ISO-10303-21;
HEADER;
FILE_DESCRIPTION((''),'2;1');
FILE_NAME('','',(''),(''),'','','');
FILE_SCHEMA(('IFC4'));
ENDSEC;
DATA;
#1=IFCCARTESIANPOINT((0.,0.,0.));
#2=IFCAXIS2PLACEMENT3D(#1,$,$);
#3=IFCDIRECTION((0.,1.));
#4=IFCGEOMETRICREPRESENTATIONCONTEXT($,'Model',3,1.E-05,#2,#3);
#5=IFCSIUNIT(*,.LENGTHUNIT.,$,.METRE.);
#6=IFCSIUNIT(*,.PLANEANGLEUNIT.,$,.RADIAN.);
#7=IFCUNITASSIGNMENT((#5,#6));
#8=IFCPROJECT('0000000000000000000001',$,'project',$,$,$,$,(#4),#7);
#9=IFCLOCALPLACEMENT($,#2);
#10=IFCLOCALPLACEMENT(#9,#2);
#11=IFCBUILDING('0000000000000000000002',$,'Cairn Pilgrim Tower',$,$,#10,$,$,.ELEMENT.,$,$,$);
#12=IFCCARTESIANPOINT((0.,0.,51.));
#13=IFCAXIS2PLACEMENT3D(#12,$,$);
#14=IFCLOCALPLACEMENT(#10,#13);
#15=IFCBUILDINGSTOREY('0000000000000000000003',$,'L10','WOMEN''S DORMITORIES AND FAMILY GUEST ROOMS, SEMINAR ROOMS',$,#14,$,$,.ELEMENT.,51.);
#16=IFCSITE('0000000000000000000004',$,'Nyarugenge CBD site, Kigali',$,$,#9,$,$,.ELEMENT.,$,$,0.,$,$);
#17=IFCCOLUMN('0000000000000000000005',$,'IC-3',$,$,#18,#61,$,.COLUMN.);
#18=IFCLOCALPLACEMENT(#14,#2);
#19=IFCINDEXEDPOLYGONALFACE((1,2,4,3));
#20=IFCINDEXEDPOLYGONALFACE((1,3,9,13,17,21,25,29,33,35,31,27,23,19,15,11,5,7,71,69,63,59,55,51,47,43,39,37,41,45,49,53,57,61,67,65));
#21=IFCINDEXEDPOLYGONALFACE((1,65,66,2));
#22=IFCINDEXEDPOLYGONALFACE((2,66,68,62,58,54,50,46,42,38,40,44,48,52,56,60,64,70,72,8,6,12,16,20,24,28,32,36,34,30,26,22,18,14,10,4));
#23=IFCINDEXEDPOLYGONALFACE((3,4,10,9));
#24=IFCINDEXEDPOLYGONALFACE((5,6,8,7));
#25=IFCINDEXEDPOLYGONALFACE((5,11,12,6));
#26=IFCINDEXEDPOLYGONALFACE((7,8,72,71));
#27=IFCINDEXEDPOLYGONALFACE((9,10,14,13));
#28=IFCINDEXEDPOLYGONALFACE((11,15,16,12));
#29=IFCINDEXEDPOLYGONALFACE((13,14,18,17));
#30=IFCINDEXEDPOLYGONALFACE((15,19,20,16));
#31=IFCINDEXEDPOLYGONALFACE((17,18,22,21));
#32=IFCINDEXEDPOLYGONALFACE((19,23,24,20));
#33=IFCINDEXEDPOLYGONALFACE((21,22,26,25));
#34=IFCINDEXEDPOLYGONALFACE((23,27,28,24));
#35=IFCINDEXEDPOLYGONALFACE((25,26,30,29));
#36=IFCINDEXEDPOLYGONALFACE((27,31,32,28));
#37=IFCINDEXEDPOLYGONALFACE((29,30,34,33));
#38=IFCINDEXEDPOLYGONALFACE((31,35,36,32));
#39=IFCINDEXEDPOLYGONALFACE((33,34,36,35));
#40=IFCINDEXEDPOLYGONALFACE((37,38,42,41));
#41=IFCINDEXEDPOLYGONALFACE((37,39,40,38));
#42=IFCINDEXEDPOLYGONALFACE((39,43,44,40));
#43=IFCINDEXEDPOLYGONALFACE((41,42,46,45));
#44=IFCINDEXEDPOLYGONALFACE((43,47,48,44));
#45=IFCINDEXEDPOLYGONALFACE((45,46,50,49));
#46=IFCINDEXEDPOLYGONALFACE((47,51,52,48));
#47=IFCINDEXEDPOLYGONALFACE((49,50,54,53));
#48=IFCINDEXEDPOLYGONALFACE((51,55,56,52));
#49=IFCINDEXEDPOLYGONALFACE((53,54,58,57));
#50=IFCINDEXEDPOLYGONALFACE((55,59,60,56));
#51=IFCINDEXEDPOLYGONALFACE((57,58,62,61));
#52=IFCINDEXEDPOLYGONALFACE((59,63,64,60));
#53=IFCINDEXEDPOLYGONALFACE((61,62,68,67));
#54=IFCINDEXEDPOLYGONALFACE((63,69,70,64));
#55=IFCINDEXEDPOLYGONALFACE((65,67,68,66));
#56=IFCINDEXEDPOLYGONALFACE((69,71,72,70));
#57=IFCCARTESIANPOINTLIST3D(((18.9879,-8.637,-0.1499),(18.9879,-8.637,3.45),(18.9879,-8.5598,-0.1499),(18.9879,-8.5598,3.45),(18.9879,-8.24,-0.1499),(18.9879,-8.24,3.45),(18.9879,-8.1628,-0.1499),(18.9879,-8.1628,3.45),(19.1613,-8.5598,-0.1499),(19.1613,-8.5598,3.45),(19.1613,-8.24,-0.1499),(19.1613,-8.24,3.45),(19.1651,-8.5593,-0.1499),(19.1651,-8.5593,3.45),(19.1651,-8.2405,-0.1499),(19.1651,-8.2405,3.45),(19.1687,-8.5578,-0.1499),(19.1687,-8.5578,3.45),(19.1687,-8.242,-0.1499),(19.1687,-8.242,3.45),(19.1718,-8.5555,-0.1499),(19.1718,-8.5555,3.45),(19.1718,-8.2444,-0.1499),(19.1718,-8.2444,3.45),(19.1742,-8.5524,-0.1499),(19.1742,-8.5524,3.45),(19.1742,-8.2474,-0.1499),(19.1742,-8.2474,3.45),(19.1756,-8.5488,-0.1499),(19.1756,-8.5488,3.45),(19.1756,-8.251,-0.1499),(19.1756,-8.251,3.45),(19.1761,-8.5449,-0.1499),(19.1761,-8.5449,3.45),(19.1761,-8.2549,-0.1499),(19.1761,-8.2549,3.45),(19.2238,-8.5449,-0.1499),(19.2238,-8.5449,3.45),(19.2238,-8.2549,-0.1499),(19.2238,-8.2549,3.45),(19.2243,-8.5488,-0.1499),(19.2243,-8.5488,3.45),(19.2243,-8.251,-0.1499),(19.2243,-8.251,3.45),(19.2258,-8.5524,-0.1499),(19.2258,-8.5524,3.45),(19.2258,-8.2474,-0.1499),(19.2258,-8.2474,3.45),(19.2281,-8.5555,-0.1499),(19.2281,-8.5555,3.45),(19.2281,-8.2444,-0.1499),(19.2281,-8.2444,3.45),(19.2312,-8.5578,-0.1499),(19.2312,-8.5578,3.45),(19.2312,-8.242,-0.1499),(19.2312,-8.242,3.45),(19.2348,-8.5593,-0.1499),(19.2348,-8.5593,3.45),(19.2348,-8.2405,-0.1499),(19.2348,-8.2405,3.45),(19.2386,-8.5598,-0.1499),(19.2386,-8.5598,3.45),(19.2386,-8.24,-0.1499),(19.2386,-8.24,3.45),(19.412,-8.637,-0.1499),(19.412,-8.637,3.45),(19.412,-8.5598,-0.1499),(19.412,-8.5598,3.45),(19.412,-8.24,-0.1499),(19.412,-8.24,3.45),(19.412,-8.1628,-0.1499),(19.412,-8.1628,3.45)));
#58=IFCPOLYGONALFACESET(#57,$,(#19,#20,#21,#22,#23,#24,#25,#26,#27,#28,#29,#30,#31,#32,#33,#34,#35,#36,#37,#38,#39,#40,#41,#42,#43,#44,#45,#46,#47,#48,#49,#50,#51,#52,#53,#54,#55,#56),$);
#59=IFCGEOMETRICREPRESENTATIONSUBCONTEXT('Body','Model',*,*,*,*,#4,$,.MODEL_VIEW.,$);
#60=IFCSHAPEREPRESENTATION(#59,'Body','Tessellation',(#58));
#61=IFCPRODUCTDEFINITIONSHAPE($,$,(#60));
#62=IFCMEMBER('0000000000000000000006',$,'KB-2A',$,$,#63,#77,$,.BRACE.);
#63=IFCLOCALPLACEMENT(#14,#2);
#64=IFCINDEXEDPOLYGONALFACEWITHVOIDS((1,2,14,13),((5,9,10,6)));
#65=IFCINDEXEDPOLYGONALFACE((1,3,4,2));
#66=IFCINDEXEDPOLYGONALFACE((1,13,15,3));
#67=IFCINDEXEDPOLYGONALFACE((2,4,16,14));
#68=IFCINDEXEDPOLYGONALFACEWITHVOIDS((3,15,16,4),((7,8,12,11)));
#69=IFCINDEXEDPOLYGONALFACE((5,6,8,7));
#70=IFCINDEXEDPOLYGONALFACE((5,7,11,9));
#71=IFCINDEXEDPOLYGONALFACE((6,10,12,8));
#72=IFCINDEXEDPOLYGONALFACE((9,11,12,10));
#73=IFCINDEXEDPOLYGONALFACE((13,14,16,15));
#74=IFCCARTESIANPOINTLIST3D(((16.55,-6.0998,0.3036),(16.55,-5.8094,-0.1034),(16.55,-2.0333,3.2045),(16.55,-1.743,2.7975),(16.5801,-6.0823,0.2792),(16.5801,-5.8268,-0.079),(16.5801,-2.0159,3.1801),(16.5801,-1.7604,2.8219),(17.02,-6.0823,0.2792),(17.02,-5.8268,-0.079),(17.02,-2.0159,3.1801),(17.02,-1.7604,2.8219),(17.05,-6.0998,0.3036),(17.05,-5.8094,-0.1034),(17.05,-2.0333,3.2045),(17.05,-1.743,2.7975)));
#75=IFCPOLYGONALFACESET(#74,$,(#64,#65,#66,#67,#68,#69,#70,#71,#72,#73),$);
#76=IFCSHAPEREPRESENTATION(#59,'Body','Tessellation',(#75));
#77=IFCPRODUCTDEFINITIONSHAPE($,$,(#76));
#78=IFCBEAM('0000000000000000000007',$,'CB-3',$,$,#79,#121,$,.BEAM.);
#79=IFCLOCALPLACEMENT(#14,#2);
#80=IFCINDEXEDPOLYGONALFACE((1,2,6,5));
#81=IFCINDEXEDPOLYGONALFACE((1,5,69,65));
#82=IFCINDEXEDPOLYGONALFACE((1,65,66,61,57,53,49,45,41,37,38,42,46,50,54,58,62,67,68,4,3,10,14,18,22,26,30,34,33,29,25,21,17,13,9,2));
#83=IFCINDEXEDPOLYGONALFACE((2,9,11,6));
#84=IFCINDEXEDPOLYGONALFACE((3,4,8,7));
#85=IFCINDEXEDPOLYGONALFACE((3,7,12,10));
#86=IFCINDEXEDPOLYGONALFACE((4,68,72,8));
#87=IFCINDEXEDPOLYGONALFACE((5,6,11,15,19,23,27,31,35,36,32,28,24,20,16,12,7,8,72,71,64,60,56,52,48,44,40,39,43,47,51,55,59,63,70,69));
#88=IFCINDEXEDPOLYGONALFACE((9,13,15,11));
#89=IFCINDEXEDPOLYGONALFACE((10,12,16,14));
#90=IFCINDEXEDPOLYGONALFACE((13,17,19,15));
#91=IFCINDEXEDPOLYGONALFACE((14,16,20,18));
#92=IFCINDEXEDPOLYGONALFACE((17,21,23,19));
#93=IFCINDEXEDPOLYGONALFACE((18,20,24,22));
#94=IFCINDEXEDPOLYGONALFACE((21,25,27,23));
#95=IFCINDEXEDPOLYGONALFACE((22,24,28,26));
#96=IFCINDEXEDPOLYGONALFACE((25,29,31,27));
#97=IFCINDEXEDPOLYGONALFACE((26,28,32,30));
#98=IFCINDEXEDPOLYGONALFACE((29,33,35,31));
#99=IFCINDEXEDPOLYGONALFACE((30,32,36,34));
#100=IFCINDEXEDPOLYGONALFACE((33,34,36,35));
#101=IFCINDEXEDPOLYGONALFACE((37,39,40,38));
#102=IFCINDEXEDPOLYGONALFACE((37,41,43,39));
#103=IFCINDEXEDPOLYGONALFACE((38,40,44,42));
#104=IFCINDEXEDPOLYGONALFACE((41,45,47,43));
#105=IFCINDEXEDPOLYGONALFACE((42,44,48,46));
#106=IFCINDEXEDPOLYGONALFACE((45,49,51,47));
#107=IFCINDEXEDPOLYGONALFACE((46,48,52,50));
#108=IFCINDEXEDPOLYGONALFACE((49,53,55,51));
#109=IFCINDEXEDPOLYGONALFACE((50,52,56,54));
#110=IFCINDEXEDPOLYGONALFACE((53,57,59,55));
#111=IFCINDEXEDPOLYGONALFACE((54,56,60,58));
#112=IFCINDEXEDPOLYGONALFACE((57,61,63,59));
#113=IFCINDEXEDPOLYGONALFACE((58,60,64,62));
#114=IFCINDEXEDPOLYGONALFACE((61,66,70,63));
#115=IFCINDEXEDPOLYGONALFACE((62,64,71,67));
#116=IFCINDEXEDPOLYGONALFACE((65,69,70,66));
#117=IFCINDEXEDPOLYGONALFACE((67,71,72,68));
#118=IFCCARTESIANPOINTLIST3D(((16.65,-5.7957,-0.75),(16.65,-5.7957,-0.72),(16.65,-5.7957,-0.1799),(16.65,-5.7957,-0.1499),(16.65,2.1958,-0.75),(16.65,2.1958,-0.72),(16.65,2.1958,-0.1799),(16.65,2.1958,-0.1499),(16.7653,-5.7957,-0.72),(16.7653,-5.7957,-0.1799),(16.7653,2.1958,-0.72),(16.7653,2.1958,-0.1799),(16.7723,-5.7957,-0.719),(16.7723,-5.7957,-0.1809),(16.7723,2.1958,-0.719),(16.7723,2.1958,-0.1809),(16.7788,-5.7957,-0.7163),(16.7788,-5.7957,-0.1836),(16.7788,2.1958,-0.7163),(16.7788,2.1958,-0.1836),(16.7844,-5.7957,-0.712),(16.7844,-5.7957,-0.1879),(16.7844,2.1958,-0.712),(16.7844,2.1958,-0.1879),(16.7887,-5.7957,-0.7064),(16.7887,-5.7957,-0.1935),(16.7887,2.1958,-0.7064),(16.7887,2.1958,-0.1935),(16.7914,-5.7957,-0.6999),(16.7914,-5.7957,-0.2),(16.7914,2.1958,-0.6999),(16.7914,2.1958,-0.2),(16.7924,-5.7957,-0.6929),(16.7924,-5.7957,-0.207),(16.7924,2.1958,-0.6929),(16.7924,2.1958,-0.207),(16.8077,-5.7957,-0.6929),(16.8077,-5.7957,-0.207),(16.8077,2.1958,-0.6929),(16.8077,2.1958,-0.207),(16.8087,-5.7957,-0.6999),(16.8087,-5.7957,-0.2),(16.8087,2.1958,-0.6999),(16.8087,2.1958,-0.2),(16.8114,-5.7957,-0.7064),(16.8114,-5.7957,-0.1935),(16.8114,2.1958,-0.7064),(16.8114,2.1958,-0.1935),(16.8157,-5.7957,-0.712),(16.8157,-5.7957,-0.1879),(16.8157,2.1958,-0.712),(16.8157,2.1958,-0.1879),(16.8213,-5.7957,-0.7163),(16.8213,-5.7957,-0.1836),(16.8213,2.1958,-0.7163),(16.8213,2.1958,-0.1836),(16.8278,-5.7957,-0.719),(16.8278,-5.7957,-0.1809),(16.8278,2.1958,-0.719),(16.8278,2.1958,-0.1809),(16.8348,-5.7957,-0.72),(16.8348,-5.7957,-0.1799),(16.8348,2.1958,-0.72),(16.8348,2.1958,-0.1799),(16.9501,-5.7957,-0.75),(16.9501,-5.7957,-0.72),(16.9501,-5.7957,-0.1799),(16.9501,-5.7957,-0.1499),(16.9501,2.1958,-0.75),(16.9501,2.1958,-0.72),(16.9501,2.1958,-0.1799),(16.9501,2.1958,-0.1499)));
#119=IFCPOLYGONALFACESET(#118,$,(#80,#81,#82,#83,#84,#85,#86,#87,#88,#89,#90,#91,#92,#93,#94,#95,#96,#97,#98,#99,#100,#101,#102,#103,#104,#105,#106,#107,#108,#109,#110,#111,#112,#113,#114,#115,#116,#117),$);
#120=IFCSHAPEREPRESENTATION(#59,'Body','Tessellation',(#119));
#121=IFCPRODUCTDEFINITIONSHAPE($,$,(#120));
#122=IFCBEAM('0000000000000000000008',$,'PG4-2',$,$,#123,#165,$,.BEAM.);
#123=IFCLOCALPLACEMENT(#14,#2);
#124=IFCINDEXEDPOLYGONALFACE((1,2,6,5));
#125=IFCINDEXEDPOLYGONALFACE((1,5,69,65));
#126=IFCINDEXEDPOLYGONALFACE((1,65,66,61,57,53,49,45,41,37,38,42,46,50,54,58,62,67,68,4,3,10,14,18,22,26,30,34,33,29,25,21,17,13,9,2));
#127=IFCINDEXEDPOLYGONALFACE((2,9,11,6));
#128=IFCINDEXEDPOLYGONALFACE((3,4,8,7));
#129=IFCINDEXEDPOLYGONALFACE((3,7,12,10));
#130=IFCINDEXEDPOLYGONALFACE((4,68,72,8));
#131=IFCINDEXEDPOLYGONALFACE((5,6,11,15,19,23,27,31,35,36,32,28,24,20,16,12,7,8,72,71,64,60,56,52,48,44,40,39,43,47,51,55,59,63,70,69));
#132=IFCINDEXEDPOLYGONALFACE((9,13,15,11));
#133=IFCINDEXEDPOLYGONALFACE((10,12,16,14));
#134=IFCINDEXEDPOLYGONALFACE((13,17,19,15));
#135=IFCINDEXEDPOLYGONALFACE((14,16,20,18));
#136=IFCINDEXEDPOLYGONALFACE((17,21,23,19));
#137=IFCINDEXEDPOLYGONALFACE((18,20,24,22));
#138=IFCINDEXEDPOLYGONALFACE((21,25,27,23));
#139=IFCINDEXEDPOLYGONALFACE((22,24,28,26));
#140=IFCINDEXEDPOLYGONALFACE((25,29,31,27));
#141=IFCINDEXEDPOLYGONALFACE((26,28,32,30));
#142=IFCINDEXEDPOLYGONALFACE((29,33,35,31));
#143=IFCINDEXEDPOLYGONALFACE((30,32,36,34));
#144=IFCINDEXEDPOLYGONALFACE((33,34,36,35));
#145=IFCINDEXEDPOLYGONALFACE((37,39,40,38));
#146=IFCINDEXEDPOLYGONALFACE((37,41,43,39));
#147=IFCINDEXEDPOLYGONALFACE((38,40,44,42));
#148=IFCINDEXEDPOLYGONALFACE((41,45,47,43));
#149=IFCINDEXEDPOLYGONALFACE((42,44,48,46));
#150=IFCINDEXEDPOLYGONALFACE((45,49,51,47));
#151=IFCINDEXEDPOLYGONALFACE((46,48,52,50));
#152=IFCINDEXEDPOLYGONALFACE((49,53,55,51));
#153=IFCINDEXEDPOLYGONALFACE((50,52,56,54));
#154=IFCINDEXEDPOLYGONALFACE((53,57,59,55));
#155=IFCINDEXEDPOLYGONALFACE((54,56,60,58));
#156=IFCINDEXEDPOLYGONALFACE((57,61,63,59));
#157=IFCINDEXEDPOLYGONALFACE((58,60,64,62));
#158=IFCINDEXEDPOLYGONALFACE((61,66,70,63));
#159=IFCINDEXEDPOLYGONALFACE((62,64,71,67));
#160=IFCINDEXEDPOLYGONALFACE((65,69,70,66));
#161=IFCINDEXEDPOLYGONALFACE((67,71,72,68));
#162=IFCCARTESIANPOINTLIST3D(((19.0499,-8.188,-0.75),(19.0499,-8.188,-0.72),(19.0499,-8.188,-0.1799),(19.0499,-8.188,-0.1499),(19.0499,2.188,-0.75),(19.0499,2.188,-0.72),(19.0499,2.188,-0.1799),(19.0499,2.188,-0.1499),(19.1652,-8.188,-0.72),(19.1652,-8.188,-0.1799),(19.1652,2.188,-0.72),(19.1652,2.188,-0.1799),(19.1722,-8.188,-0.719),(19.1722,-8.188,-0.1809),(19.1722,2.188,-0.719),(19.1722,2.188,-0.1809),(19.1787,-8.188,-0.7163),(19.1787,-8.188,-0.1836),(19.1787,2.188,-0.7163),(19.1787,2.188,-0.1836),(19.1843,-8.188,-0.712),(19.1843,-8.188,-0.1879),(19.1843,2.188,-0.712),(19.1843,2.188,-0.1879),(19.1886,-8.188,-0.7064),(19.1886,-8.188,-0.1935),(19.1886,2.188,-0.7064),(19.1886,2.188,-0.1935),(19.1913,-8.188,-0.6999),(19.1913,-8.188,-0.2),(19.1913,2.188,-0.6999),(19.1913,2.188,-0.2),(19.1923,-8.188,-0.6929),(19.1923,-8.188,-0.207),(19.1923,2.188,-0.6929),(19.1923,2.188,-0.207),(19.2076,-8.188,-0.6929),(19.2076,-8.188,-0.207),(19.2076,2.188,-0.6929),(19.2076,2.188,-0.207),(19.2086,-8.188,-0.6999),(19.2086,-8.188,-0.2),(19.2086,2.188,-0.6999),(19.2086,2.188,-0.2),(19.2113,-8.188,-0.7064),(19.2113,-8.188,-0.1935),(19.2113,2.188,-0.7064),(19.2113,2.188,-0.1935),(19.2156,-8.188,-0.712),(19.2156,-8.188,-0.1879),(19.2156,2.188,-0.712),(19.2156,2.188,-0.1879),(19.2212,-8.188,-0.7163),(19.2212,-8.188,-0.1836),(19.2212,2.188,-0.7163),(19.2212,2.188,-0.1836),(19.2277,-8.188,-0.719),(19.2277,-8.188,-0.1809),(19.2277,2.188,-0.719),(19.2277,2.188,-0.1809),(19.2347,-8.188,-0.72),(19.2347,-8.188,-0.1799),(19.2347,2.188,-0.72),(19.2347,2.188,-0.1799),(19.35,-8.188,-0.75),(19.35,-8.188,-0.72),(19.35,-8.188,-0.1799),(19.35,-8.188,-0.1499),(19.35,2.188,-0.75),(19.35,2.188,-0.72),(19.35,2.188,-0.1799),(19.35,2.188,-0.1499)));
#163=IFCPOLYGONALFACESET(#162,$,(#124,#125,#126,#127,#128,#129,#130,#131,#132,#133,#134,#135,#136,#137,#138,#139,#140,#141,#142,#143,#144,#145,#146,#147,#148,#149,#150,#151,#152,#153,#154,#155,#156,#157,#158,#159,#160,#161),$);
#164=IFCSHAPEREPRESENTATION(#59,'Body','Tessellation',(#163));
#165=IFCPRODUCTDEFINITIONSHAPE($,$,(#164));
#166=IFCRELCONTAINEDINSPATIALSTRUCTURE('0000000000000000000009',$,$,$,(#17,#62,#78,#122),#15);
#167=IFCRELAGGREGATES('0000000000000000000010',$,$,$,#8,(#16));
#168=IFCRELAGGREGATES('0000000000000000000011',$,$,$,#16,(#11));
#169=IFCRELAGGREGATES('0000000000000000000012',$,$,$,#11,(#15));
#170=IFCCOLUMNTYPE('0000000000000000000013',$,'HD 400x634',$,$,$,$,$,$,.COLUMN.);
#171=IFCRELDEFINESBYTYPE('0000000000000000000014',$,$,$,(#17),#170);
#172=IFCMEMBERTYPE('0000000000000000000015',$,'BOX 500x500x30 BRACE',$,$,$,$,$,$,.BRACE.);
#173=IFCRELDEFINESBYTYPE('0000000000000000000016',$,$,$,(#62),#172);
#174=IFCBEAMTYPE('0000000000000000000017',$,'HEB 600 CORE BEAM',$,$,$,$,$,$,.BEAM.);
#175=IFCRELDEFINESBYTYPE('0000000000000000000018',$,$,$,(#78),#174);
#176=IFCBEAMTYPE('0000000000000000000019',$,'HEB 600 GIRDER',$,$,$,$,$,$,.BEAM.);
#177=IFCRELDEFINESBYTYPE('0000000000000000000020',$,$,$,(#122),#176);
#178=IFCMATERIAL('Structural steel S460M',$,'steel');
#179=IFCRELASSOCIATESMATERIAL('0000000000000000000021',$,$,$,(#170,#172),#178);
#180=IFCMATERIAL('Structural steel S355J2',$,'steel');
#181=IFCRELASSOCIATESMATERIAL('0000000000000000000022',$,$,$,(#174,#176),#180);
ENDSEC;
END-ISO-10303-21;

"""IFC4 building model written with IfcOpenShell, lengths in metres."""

from ifc_helpers import new_model, si_unit, direction, frame, origin, origin_2d, place, context, subcontext, project, spatial, hollow_rectangle, i_section, extrude, material, material_profile, profile_set, type_object, element, save


model = new_model("IFC4")

# Units and contexts
model_context = context("Model", 3, precision=1e-05, world=origin(), true_north=direction((0.0, 1.0)))
body_context = subcontext(model_context, "Body", "Model", "MODEL_VIEW")
ifc_project = project(units=[si_unit("LENGTHUNIT", "METRE"), si_unit("PLANEANGLEUNIT", "RADIAN")], contexts=[model_context])

# Site, building, storey
site_placement = place(None, origin())
site = spatial("IfcSite", under=ifc_project, at=site_placement, Name="Nyarugenge CBD site, Kigali", CompositionType="ELEMENT", RefElevation=0.0)
building_placement = place(site_placement, origin())
building = spatial("IfcBuilding", under=site, at=building_placement, Name="Cairn Pilgrim Tower", CompositionType="ELEMENT")
storey_placement = place(building_placement, frame((0.0, 0.0, 51.0)))
storey = spatial("IfcBuildingStorey", under=building, at=storey_placement, Name="L10", Description="WOMEN'S DORMITORIES AND FAMILY GUEST ROOMS, SEMINAR ROOMS", CompositionType="ELEMENT", Elevation=51.0)

# Column
ifc_material_1 = material(Name="Structural steel S460M", Category="steel")
ifc_material_profile_1 = material_profile(ifc_material_1, i_section(OverallWidth=0.4241, OverallDepth=0.4741, WebThickness=0.0476, FlangeThickness=0.0771, FilletRadius=0.0149, at=origin_2d()), Name="HD 400x634")
ifc_profile_set_1 = profile_set([ifc_material_profile_1], Name="Structural steel S460M")
column_type = type_object("IfcColumnType", Name="HD 400x634", PredefinedType="COLUMN", material=ifc_profile_set_1)
column_placement = place(storey_placement, frame((19.2, -8.3999, -0.1499), z_axis=(0.0, 0.0, 1.0), x_axis=(1.0, 0.0, 0.0)))
element("IfcColumn", 1, at=column_placement, inside=storey, type_object=column_type, Name="IC-3", PredefinedType="COLUMN", context=body_context, shape_type="SweptSolid", body=[
    extrude(i_section(OverallWidth=0.4241, OverallDepth=0.4741, WebThickness=0.0476, FlangeThickness=0.0771, FilletRadius=0.0149, at=origin_2d()), origin(), (0.0, 0.0, 1.0), 3.5999),
])

# Member
ifc_material_profile_2 = material_profile(ifc_material_1, hollow_rectangle(XDim=0.5, YDim=0.5, WallThickness=0.03, at=origin_2d()), Name="BOX 500x500x30")
ifc_profile_set_2 = profile_set([ifc_material_profile_2], Name="Structural steel S460M")
member_type = type_object("IfcMemberType", Name="BOX 500x500x30 BRACE", PredefinedType="BRACE", material=ifc_profile_set_2)
member_placement = place(storey_placement, frame((16.8, -5.9546, 0.1001), z_axis=(0.0, 0.814083, 0.580748), x_axis=(-1.0, 0.0, 0.0)))
element("IfcMember", 2, at=member_placement, inside=storey, type_object=member_type, Name="KB-2A", PredefinedType="BRACE", context=body_context, shape_type="SweptSolid", body=[
    extrude(hollow_rectangle(XDim=0.5, YDim=0.5, WallThickness=0.03, at=origin_2d()), origin(), (0.0, 0.0, 1.0), 4.9951),
])

# Beams
ifc_material_2 = material(Name="Structural steel S355J2", Category="steel")
ifc_material_profile_3 = material_profile(ifc_material_2, i_section(OverallWidth=0.3, OverallDepth=0.6001, WebThickness=0.0154, FlangeThickness=0.03, FilletRadius=0.0271, at=origin_2d()), Name="HEB 600")
ifc_profile_set_3 = profile_set([ifc_material_profile_3], Name="Structural steel S355J2")
beam_type_1 = type_object("IfcBeamType", Name="HEB 600 CORE BEAM", PredefinedType="BEAM", material=ifc_profile_set_3)
beam_1_placement = place(storey_placement, frame((16.8, -5.7957, -0.45), z_axis=(0.0, 1.0, 0.0), x_axis=(-1.0, 0.0, 0.0)))
element("IfcBeam", 3, at=beam_1_placement, inside=storey, type_object=beam_type_1, Name="CB-3", PredefinedType="BEAM", context=body_context, shape_type="SweptSolid", body=[
    extrude(i_section(OverallWidth=0.3, OverallDepth=0.6001, WebThickness=0.0154, FlangeThickness=0.03, FilletRadius=0.0271, at=origin_2d()), origin(), (0.0, 0.0, 1.0), 7.9915),
])
ifc_material_profile_4 = material_profile(ifc_material_2, i_section(OverallWidth=0.3, OverallDepth=0.6001, WebThickness=0.0154, FlangeThickness=0.03, FilletRadius=0.0271, at=origin_2d()), Name="HEB 600")
ifc_profile_set_4 = profile_set([ifc_material_profile_4], Name="Structural steel S355J2")
beam_type_2 = type_object("IfcBeamType", Name="HEB 600 GIRDER", PredefinedType="BEAM", material=ifc_profile_set_4)
beam_2_placement = place(storey_placement, frame((19.2, -8.188, -0.45), z_axis=(0.0, 1.0, 0.0), x_axis=(-1.0, 0.0, 0.0)))
element("IfcBeam", 4, at=beam_2_placement, inside=storey, type_object=beam_type_2, Name="PG4-2", PredefinedType="BEAM", context=body_context, shape_type="SweptSolid", body=[
    extrude(i_section(OverallWidth=0.3, OverallDepth=0.6001, WebThickness=0.0154, FlangeThickness=0.03, FilletRadius=0.0271, at=origin_2d()), origin(), (0.0, 0.0, 1.0), 10.376),
])

save(model, "model.ifc")
